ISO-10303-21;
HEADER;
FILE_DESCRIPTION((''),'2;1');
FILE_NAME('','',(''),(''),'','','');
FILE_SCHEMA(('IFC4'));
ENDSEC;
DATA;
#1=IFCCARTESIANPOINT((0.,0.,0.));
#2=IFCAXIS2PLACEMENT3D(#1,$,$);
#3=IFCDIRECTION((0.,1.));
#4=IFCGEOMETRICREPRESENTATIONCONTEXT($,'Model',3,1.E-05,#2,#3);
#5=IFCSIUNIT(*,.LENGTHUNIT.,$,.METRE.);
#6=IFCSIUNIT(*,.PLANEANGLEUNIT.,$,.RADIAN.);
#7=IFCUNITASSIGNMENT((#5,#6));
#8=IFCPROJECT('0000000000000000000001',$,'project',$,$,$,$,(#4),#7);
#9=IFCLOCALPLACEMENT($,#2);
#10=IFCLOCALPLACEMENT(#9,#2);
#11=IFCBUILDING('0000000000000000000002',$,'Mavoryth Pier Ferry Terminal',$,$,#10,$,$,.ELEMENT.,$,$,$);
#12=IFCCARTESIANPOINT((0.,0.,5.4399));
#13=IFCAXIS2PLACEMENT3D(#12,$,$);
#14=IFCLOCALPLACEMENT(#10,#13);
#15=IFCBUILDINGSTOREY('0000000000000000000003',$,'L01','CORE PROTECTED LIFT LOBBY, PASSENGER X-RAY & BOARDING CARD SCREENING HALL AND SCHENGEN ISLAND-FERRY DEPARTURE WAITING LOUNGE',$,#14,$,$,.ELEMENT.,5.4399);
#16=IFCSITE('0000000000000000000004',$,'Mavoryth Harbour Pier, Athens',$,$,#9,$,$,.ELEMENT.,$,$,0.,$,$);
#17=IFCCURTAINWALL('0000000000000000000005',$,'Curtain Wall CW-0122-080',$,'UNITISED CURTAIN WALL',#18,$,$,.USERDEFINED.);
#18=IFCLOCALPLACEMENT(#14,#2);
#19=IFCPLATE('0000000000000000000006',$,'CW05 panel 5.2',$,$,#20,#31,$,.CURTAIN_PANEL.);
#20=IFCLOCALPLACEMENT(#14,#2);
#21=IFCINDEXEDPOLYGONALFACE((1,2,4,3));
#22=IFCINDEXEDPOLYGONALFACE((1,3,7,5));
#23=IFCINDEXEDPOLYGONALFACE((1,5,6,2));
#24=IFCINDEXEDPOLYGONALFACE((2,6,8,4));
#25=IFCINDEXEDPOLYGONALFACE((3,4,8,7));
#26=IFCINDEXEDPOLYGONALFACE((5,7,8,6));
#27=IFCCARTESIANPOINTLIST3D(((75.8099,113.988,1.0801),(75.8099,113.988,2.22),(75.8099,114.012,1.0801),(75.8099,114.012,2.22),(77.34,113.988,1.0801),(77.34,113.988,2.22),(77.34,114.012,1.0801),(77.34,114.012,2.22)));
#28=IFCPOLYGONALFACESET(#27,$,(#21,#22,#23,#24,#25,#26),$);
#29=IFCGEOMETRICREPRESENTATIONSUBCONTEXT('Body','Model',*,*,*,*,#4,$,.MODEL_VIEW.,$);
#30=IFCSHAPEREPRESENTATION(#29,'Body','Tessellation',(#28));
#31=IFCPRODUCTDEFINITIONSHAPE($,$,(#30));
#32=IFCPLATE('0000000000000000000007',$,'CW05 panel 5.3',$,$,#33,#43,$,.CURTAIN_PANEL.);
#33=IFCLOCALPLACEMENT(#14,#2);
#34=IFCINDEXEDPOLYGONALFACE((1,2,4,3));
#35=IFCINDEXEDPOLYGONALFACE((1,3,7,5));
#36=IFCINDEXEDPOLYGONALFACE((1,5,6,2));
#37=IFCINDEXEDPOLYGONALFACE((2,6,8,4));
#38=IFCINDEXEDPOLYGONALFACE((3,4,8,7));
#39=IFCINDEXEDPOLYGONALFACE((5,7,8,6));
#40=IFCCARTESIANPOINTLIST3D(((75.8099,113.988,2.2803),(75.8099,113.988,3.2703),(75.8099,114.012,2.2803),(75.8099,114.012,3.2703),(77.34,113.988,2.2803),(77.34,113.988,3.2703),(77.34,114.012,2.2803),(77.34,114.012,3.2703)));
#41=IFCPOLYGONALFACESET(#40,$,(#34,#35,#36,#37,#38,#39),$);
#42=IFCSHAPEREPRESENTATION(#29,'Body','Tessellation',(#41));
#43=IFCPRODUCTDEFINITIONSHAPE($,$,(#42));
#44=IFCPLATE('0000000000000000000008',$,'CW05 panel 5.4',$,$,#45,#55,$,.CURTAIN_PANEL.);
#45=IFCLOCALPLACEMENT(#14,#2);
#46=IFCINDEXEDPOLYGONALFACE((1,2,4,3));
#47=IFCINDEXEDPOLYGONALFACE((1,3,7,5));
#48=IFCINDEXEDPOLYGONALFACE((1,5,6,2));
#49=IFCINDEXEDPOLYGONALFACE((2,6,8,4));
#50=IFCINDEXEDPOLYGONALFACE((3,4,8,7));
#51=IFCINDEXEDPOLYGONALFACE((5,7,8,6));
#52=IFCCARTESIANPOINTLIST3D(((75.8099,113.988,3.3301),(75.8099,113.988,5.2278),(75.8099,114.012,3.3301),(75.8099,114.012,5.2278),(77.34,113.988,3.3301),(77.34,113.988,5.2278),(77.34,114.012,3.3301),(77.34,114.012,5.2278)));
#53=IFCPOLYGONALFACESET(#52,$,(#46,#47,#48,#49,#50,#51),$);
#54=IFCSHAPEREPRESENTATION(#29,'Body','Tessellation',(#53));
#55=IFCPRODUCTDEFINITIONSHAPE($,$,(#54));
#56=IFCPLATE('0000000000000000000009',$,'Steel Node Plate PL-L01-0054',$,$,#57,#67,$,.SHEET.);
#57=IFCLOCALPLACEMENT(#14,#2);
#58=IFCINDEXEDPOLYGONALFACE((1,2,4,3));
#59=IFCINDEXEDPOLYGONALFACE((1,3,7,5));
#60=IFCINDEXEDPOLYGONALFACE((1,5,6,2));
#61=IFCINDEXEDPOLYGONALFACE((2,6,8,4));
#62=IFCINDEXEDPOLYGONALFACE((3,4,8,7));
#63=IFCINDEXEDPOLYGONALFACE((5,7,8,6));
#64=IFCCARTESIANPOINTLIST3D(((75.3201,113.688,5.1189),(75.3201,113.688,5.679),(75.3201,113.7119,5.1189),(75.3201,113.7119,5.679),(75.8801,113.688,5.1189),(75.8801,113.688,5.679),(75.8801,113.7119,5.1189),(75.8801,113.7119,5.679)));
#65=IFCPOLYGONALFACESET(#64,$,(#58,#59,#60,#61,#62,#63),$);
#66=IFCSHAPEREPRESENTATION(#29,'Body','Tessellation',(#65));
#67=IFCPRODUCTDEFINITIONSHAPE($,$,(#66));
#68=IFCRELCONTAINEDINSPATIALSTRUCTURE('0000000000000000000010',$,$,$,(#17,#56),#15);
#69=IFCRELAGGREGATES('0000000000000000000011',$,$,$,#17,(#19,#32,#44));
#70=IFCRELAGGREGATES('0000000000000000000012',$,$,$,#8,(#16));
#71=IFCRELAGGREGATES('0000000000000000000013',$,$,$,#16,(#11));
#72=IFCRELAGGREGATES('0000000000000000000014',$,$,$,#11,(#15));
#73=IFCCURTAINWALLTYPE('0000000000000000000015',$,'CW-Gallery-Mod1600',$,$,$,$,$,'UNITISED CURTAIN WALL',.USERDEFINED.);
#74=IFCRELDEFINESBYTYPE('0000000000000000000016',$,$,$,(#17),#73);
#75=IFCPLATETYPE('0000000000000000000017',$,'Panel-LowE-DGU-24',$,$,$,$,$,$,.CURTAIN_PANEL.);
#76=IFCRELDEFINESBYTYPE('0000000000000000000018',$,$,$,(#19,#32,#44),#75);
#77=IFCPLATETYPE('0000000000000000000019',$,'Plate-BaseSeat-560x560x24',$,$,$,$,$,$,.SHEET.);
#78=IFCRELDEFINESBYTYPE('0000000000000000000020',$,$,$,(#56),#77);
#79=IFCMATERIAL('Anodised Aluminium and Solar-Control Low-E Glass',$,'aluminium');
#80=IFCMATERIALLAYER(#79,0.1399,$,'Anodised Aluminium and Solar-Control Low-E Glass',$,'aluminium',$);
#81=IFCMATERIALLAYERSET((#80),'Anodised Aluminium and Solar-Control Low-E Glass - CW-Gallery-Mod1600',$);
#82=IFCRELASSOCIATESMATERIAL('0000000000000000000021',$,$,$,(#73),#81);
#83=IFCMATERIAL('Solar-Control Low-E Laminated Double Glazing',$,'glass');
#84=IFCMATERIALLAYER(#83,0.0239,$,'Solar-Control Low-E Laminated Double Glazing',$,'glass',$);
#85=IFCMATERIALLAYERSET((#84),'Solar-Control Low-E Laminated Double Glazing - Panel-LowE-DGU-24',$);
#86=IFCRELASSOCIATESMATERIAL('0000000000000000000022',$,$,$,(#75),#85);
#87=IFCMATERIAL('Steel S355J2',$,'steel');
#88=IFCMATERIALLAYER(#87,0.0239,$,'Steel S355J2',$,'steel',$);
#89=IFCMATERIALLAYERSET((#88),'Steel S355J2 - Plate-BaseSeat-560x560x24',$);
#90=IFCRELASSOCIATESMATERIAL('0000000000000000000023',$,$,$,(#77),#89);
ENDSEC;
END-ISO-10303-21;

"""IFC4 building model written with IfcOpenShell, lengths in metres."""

from ifc_helpers import new_model, si_unit, direction, frame, origin, origin_2d, place, context, subcontext, project, spatial, rectangle, extrude, material, layer, layer_set, type_object, element, aggregate, save


model = new_model("IFC4")

# Units and contexts
model_context = context("Model", 3, precision=1e-05, world=origin(), true_north=direction((0.0, 1.0)))
body_context = subcontext(model_context, "Body", "Model", "MODEL_VIEW")
ifc_project = project(units=[si_unit("LENGTHUNIT", "METRE"), si_unit("PLANEANGLEUNIT", "RADIAN")], contexts=[model_context])

# Site, building, storey
site_placement = place(None, origin())
site = spatial("IfcSite", under=ifc_project, at=site_placement, Name="Mavoryth Harbour Pier, Athens", CompositionType="ELEMENT", RefElevation=0.0)
building_placement = place(site_placement, origin())
building = spatial("IfcBuilding", under=site, at=building_placement, Name="Mavoryth Pier Ferry Terminal", CompositionType="ELEMENT")
storey_placement = place(building_placement, frame((0.0, 0.0, 5.4399)))
storey = spatial("IfcBuildingStorey", under=building, at=storey_placement, Name="L01", Description="CORE PROTECTED LIFT LOBBY, PASSENGER X-RAY & BOARDING CARD SCREENING HALL AND SCHENGEN ISLAND-FERRY DEPARTURE WAITING LOUNGE", CompositionType="ELEMENT", Elevation=5.4399)

# Shared definitions
ifc_material_1 = material(Name="Steel S355J2", Category="steel")

# Curtain wall
ifc_material_2 = material(Name="Anodised Aluminium and Solar-Control Low-E Glass", Category="aluminium")
ifc_layer_1 = layer(ifc_material_2, 0.1399, Name="Anodised Aluminium and Solar-Control Low-E Glass", Category="aluminium")
ifc_layer_set_1 = layer_set([ifc_layer_1], Name="Anodised Aluminium and Solar-Control Low-E Glass - CW-Gallery-Mod1600")
curtain_wall_type = type_object("IfcCurtainWallType", Name="CW-Gallery-Mod1600", ElementType="UNITISED CURTAIN WALL", PredefinedType="USERDEFINED", material=ifc_layer_set_1)
curtain_wall_1_placement = place(storey_placement, origin())
curtain_wall_1 = element("IfcCurtainWall", 1, at=curtain_wall_1_placement, inside=storey, type_object=curtain_wall_type, Name="Curtain Wall CW-0122-080", ObjectType="UNITISED CURTAIN WALL", PredefinedType="USERDEFINED")

# Plates
ifc_material_3 = material(Name="Solar-Control Low-E Laminated Double Glazing", Category="glass")
ifc_layer_2 = layer(ifc_material_3, 0.0239, Name="Solar-Control Low-E Laminated Double Glazing", Category="glass")
ifc_layer_set_2 = layer_set([ifc_layer_2], Name="Solar-Control Low-E Laminated Double Glazing - Panel-LowE-DGU-24")
plate_type_1 = type_object("IfcPlateType", Name="Panel-LowE-DGU-24", PredefinedType="CURTAIN_PANEL", material=ifc_layer_set_2)
plate_1_placement = place(storey_placement, frame((76.575, 114.0, 1.0801), z_axis=(0.0, 0.0, 1.0), x_axis=(-1.0, 0.0, 0.0)))
plate_1 = element("IfcPlate", 2, at=plate_1_placement, type_object=plate_type_1, Name="CW05 panel 5.2", PredefinedType="CURTAIN_PANEL", context=body_context, shape_type="SweptSolid", body=[
    extrude(rectangle(XDim=1.53, YDim=0.0239, at=origin_2d()), origin(), (0.0, 0.0, 1.0), 1.1399),
])
plate_2_placement = place(storey_placement, frame((76.575, 114.0, 2.2803), z_axis=(0.0, 0.0, 1.0), x_axis=(-1.0, 0.0, 0.0)))
plate_2 = element("IfcPlate", 3, at=plate_2_placement, type_object=plate_type_1, Name="CW05 panel 5.3", PredefinedType="CURTAIN_PANEL", context=body_context, shape_type="SweptSolid", body=[
    extrude(rectangle(XDim=1.53, YDim=0.0239, at=origin_2d()), origin(), (0.0, 0.0, 1.0), 0.99),
])
plate_3_placement = place(storey_placement, frame((76.575, 114.0, 3.3301), z_axis=(0.0, 0.0, 1.0), x_axis=(-1.0, 0.0, 0.0)))
plate_3 = element("IfcPlate", 4, at=plate_3_placement, type_object=plate_type_1, Name="CW05 panel 5.4", PredefinedType="CURTAIN_PANEL", context=body_context, shape_type="SweptSolid", body=[
    extrude(rectangle(XDim=1.53, YDim=0.0239, at=origin_2d()), origin(), (0.0, 0.0, 1.0), 1.8977),
])
aggregate(curtain_wall_1, [plate_1, plate_2, plate_3])
ifc_layer_3 = layer(ifc_material_1, 0.0239, Name="Steel S355J2", Category="steel")
ifc_layer_set_3 = layer_set([ifc_layer_3], Name="Steel S355J2 - Plate-BaseSeat-560x560x24")
plate_type_2 = type_object("IfcPlateType", Name="Plate-BaseSeat-560x560x24", PredefinedType="SHEET", material=ifc_layer_set_3)
plate_4_placement = place(storey_placement, frame((75.6001, 113.7, 5.1189), z_axis=(0.0, 0.0, 1.0), x_axis=(1.0, 0.0, 0.0)))
element("IfcPlate", 5, at=plate_4_placement, inside=storey, type_object=plate_type_2, Name="Steel Node Plate PL-L01-0054", PredefinedType="SHEET", context=body_context, shape_type="SweptSolid", body=[
    extrude(rectangle(XDim=0.5601, YDim=0.0239, at=origin_2d()), origin(), (0.0, 0.0, 1.0), 0.5601),
])

save(model, "model.ifc")
